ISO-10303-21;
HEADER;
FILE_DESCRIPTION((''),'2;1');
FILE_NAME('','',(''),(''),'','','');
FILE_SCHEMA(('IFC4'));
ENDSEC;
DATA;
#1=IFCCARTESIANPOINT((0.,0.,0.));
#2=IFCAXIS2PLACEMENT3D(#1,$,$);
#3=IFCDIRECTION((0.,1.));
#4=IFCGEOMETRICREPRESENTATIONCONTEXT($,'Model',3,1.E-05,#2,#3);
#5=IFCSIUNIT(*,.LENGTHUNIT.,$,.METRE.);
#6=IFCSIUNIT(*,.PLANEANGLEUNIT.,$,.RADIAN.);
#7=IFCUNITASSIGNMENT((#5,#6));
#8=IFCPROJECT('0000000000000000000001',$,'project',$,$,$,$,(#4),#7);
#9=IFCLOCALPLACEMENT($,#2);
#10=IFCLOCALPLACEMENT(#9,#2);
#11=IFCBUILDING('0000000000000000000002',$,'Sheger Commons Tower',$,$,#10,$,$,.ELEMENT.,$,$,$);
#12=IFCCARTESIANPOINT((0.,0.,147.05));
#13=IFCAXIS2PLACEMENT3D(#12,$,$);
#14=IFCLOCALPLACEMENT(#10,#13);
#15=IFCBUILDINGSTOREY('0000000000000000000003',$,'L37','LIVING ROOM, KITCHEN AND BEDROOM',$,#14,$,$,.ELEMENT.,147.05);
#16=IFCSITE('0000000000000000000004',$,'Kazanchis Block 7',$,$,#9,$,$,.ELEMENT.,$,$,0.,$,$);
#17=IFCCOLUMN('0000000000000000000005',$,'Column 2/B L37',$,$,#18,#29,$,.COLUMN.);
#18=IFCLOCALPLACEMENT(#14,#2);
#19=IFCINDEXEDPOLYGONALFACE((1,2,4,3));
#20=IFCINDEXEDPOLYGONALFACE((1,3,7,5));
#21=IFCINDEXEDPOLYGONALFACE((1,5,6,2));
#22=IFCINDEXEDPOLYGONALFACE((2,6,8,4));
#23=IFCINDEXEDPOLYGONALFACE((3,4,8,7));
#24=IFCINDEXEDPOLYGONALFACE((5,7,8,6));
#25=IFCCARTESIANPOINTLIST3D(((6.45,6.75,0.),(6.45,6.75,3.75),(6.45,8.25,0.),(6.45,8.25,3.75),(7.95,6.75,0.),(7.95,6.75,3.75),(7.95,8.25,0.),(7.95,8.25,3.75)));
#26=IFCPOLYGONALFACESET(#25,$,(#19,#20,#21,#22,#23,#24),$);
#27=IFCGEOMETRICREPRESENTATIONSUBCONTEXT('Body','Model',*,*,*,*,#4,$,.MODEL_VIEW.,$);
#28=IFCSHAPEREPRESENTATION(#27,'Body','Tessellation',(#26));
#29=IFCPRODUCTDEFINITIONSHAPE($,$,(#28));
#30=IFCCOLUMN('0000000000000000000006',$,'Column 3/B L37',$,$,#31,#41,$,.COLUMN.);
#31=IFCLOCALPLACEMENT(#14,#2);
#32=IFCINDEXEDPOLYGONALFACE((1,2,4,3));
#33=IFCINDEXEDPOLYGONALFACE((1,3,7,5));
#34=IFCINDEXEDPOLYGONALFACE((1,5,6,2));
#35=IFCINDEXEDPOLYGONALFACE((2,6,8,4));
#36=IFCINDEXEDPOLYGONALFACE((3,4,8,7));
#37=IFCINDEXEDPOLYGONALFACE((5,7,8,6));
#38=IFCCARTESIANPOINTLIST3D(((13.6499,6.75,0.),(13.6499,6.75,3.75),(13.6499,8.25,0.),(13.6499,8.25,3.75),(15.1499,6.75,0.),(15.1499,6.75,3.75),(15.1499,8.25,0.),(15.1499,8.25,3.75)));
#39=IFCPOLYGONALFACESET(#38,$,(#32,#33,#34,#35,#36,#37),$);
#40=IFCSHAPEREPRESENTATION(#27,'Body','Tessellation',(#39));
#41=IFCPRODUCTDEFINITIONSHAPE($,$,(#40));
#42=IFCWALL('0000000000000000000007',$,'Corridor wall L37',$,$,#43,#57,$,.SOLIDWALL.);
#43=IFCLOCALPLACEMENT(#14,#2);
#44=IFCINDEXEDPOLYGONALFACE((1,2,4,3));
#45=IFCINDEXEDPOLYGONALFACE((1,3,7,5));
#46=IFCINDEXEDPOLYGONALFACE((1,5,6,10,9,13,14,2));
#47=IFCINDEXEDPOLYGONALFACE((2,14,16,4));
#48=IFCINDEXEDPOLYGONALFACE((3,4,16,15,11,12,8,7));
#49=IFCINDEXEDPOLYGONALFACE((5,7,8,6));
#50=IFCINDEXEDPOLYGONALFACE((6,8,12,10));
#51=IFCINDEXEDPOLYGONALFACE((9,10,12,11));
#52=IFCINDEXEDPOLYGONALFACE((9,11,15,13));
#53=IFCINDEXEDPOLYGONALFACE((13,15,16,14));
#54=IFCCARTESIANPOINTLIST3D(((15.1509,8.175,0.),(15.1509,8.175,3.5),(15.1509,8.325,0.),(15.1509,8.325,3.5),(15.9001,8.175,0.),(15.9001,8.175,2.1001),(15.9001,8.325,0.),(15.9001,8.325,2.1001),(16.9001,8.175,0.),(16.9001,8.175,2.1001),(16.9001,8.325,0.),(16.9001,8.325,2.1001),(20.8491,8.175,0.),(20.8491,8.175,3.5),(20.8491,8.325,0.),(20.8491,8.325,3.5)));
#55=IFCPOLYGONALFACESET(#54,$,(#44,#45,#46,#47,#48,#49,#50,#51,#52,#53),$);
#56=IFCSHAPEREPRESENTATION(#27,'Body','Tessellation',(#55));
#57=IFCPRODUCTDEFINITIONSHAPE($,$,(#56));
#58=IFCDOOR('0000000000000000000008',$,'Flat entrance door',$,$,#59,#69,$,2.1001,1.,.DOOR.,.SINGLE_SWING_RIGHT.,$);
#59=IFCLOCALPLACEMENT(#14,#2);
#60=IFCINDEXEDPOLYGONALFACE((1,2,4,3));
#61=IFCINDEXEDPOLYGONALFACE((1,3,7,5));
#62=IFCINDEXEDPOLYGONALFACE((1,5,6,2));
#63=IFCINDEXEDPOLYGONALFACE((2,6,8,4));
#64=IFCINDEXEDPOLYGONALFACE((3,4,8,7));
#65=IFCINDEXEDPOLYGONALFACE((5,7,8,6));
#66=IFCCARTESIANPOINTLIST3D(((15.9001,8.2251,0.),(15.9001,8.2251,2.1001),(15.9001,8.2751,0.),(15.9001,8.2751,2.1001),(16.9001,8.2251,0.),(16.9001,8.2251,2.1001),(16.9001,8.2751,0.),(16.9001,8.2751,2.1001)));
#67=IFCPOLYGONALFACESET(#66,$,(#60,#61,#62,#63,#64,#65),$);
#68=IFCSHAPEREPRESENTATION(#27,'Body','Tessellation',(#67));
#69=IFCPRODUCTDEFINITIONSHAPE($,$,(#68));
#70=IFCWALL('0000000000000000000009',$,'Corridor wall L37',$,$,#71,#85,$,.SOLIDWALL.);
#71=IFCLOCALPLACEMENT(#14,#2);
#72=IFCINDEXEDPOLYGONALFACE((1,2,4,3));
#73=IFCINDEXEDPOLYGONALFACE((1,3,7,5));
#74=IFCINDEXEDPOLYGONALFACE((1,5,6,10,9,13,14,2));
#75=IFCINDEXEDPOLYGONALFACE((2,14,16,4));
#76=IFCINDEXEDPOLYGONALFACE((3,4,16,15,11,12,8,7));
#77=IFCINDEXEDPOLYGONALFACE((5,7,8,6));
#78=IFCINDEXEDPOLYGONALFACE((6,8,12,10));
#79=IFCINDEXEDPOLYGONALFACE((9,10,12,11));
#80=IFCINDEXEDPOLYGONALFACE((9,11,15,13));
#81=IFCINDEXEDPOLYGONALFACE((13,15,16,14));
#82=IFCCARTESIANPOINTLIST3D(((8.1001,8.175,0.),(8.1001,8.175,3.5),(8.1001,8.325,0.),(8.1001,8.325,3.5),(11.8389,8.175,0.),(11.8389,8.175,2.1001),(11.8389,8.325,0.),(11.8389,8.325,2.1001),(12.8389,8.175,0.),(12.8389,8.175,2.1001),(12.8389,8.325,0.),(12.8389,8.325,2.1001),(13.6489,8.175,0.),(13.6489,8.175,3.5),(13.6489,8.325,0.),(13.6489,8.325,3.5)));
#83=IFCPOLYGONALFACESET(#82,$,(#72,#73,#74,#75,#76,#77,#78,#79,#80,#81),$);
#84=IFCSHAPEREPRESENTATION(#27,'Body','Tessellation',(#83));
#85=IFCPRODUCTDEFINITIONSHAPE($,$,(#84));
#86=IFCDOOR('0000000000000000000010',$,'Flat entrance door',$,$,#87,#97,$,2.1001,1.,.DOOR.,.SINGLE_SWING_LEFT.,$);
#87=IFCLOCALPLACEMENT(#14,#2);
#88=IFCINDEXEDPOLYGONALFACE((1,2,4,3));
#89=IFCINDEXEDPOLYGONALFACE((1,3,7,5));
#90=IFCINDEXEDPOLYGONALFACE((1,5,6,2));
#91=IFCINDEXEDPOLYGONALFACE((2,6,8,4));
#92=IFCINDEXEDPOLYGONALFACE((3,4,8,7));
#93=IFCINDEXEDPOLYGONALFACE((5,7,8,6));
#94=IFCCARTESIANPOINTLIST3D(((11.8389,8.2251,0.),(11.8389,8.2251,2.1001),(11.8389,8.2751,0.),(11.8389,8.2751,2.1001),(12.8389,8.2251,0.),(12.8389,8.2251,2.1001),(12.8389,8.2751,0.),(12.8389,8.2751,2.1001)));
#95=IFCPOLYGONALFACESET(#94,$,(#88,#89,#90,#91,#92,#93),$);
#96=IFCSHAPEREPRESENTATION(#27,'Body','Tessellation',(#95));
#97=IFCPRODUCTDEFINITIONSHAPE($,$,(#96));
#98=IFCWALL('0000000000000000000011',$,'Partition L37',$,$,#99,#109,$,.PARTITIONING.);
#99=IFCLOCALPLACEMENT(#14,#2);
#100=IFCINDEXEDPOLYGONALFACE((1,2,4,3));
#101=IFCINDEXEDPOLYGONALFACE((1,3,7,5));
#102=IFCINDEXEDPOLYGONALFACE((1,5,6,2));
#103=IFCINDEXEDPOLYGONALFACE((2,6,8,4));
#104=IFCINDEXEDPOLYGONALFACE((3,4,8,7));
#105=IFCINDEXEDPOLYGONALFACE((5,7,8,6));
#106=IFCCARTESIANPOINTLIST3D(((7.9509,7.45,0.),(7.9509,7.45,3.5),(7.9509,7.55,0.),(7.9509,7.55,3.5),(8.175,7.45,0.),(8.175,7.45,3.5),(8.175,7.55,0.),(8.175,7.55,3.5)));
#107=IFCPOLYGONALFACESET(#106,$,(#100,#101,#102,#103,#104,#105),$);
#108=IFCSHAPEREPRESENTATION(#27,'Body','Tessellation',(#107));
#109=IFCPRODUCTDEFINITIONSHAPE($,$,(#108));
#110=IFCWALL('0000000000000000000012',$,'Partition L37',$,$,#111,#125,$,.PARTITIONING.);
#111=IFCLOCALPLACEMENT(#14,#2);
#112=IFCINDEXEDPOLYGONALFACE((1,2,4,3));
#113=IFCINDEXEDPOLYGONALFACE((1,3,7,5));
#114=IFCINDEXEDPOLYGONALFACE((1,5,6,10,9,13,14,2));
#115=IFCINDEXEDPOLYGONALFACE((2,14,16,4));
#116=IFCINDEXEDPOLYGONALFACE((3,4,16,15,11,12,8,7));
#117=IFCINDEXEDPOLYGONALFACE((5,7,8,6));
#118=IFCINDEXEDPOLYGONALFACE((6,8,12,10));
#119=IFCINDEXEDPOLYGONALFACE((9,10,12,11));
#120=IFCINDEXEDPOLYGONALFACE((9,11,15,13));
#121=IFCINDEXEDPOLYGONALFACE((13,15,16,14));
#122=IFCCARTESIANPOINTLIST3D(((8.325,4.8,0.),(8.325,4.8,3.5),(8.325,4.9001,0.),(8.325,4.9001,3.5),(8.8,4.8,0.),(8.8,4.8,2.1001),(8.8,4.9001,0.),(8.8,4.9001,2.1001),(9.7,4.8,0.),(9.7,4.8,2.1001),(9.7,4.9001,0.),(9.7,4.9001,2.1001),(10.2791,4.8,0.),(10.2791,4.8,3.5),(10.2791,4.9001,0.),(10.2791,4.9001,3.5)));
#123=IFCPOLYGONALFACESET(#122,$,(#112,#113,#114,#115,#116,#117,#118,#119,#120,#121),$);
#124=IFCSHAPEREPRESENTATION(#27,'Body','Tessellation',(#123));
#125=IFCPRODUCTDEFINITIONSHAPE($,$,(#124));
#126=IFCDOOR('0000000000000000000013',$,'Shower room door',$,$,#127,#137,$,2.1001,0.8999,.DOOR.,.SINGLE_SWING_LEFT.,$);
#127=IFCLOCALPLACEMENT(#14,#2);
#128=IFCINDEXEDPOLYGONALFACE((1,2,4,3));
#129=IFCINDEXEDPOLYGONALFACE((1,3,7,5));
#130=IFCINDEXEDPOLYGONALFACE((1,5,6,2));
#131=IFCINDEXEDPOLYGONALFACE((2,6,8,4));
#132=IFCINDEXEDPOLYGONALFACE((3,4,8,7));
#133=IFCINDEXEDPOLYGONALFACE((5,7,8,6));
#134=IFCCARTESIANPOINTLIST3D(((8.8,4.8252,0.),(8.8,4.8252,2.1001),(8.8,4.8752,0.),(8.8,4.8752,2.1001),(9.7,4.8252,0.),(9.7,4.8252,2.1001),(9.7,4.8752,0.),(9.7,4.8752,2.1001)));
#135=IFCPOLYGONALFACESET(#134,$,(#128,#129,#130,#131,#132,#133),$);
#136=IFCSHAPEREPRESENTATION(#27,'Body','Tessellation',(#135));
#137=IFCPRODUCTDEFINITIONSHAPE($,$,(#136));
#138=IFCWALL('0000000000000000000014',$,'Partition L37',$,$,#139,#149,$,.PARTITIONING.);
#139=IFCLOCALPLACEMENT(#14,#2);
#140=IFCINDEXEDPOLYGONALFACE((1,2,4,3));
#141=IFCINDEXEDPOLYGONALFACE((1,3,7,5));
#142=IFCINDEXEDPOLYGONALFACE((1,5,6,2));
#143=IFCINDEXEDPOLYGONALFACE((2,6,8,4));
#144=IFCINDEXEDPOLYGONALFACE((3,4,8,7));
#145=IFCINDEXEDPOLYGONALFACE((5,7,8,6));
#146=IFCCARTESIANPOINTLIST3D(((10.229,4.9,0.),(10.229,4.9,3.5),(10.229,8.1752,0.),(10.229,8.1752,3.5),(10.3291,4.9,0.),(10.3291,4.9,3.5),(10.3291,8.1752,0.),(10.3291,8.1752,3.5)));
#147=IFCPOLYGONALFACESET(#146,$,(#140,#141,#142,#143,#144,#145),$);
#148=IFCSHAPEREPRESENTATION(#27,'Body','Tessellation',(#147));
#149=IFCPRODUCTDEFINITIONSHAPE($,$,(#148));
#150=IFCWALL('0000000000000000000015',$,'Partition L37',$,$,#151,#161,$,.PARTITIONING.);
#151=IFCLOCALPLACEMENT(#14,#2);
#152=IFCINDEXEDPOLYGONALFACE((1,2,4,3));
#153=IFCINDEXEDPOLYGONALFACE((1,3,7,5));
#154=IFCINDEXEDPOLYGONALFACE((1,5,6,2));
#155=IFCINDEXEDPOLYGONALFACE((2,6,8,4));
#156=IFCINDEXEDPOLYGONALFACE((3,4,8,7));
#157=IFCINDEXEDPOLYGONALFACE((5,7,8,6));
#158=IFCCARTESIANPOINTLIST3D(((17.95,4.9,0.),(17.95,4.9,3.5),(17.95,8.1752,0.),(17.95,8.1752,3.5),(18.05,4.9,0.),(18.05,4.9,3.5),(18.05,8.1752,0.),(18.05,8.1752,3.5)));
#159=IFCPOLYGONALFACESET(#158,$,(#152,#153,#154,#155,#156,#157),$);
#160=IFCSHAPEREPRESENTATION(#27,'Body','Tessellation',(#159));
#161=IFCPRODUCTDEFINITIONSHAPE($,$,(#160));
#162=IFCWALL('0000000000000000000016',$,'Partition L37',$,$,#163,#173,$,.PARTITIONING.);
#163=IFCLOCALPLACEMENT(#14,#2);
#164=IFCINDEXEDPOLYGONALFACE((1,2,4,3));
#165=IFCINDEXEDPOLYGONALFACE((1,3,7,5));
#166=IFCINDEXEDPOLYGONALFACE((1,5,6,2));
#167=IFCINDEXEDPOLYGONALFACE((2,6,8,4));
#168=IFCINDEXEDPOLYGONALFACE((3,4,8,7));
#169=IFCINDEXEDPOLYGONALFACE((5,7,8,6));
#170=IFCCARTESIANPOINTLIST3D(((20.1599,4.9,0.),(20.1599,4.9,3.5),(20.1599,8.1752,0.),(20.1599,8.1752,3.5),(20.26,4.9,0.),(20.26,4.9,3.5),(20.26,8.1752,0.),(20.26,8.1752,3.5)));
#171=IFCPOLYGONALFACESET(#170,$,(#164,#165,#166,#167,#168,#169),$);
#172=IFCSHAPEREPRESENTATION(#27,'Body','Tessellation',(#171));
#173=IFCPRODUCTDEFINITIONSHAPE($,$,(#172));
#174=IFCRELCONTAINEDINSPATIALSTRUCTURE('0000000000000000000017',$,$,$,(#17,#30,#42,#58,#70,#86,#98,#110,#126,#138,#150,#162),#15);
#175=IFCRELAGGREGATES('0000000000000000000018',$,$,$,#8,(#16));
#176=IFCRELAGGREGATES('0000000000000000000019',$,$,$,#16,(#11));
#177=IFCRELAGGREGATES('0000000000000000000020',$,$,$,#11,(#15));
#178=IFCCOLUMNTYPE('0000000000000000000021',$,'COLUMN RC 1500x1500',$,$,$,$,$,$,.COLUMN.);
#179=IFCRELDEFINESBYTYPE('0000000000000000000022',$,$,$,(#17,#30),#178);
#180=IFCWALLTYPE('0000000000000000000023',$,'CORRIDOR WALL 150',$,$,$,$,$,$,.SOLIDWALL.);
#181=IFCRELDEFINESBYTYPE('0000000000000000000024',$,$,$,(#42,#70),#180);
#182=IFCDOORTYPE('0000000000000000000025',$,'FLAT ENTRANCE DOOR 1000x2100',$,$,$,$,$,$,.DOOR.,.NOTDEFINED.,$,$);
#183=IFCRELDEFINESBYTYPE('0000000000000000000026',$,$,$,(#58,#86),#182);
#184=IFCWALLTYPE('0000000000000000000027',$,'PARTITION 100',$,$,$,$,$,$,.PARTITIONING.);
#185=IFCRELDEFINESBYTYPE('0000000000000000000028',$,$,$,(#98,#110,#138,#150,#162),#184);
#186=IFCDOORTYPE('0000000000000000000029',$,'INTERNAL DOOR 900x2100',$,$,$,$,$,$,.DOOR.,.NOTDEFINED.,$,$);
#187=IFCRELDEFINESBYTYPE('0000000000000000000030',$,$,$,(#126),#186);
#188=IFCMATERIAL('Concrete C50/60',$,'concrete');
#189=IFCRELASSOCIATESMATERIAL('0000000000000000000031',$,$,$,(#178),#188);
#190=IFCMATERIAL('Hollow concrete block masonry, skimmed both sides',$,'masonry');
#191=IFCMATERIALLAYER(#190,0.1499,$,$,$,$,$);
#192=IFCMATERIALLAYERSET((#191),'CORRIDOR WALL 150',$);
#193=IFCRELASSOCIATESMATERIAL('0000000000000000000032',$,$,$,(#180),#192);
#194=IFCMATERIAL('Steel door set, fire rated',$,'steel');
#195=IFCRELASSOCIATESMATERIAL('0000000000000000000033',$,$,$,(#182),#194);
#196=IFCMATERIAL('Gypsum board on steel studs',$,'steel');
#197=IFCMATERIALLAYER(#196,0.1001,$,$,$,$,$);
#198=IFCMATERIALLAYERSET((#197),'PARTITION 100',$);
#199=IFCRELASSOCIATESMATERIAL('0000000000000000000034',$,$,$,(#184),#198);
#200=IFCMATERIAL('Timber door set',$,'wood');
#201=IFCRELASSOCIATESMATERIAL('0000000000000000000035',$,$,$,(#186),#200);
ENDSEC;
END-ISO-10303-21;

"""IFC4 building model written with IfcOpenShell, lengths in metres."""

from ifc_helpers import new_model, si_unit, direction, frame, frame_2d, origin, origin_2d, place, context, subcontext, project, spatial, rectangle, extrude, material, layer, layer_set, material_profile, profile_set, type_object, element, fill, save


model = new_model("IFC4")

# Units and contexts
model_context = context("Model", 3, precision=1e-05, world=origin(), true_north=direction((0.0, 1.0)))
body_context = subcontext(model_context, "Body", "Model", "MODEL_VIEW")
ifc_project = project(units=[si_unit("LENGTHUNIT", "METRE"), si_unit("PLANEANGLEUNIT", "RADIAN")], contexts=[model_context])

# Site, building, storey
site_placement = place(None, origin())
site = spatial("IfcSite", under=ifc_project, at=site_placement, Name="Kazanchis Block 7", CompositionType="ELEMENT", RefElevation=0.0)
building_placement = place(site_placement, origin())
building = spatial("IfcBuilding", under=site, at=building_placement, Name="Sheger Commons Tower", CompositionType="ELEMENT")
storey_placement = place(building_placement, frame((0.0, 0.0, 147.05)))
storey = spatial("IfcBuildingStorey", under=building, at=storey_placement, Name="L37", Description="LIVING ROOM, KITCHEN AND BEDROOM", CompositionType="ELEMENT", Elevation=147.05)

# Columns
ifc_material_1 = material(Name="Concrete C50/60", Category="concrete")
ifc_material_profile = material_profile(ifc_material_1, rectangle(XDim=1.5, YDim=1.5, at=origin_2d()), Name="RC 1500x1500")
ifc_profile_set = profile_set([ifc_material_profile], Name="Concrete C50/60")
column_type = type_object("IfcColumnType", Name="COLUMN RC 1500x1500", PredefinedType="COLUMN", material=ifc_profile_set)
for number, where, z_axis, x_axis, name in (
    (1, (7.2, 7.5, 0.0), (0.0, 0.0, 1.0), (1.0, 0.0, 0.0), "Column 2/B L37"),
    (2, (14.3999, 7.5, 0.0), (0.0, 0.0, 1.0), (1.0, 0.0, 0.0), "Column 3/B L37"),
):
    element("IfcColumn", number, at=place(storey_placement, frame(where, z_axis=z_axis, x_axis=x_axis)), inside=storey, type_object=column_type, Name=name, PredefinedType="COLUMN", context=body_context, shape_type="SweptSolid", body=[
        extrude(rectangle(XDim=1.5, YDim=1.5, at=origin_2d()), origin(), (0.0, 0.0, 1.0), 3.75),
    ])

# Walls, openings, doors
ifc_material_2 = material(Name="Hollow concrete block masonry, skimmed both sides", Category="masonry")
ifc_layer_1 = layer(ifc_material_2, 0.1499)
ifc_layer_set_1 = layer_set([ifc_layer_1], Name="CORRIDOR WALL 150")
wall_type_1 = type_object("IfcWallType", Name="CORRIDOR WALL 150", PredefinedType="SOLIDWALL", material=ifc_layer_set_1)
wall_1_placement = place(storey_placement, frame((20.8491, 8.25, 0.0), z_axis=(0.0, 0.0, 1.0), x_axis=(-1.0, 0.0, 0.0)))
wall_1 = element("IfcWall", 3, at=wall_1_placement, inside=storey, type_object=wall_type_1, Name="Corridor wall L37", PredefinedType="SOLIDWALL", context=body_context, shape_type="SweptSolid", body=[
    extrude(rectangle(XDim=5.6982, YDim=0.1499, at=frame_2d((2.8491, 0.0))), origin(), (0.0, 0.0, 1.0), 3.5),
])
opening_1_placement = place(wall_1_placement, frame((3.949, 0.0, 0.0)))
opening_1 = element("IfcOpeningElement", 4, at=opening_1_placement, cuts=wall_1, PredefinedType="OPENING", context=body_context, shape_type="SweptSolid", body=[
    extrude(rectangle(XDim=1.0, YDim=2.1001, at=frame_2d((0.5, 1.05))), frame((0.0, 0.085, 0.0), z_axis=(0.0, -1.0, 0.0), x_axis=(1.0, 0.0, 0.0)), (0.0, 0.0, 1.0), 0.1699),
])
ifc_material_3 = material(Name="Steel door set, fire rated", Category="steel")
door_type_1 = type_object("IfcDoorType", Name="FLAT ENTRANCE DOOR 1000x2100", OperationType="NOTDEFINED", PredefinedType="DOOR", material=ifc_material_3)
door_1_placement = place(opening_1_placement, origin())
door_1 = element("IfcDoor", 5, at=door_1_placement, inside=storey, type_object=door_type_1, Name="Flat entrance door", OperationType="SINGLE_SWING_RIGHT", OverallHeight=2.1001, OverallWidth=1.0, PredefinedType="DOOR", context=body_context, shape_type="SweptSolid", body=[
    extrude(rectangle(XDim=1.0, YDim=2.1001, at=frame_2d((0.5, 1.05))), frame((0.0, 0.0249, 0.0), z_axis=(0.0, -1.0, 0.0), x_axis=(1.0, 0.0, 0.0)), (0.0, 0.0, 1.0), 0.05),
])
fill(opening_1, door_1)
wall_2_placement = place(storey_placement, frame((13.6489, 8.25, 0.0), z_axis=(0.0, 0.0, 1.0), x_axis=(-1.0, 0.0, 0.0)))
wall_2 = element("IfcWall", 6, at=wall_2_placement, inside=storey, type_object=wall_type_1, Name="Corridor wall L37", PredefinedType="SOLIDWALL", context=body_context, shape_type="SweptSolid", body=[
    extrude(rectangle(XDim=5.5488, YDim=0.1499, at=frame_2d((2.7744, 0.0))), origin(), (0.0, 0.0, 1.0), 3.5),
])
opening_2_placement = place(wall_2_placement, frame((0.8101, 0.0, 0.0)))
opening_2 = element("IfcOpeningElement", 7, at=opening_2_placement, cuts=wall_2, PredefinedType="OPENING", context=body_context, shape_type="SweptSolid", body=[
    extrude(rectangle(XDim=1.0, YDim=2.1001, at=frame_2d((0.5, 1.05))), frame((0.0, 0.085, 0.0), z_axis=(0.0, -1.0, 0.0), x_axis=(1.0, 0.0, 0.0)), (0.0, 0.0, 1.0), 0.1699),
])
door_2_placement = place(opening_2_placement, origin())
door_2 = element("IfcDoor", 8, at=door_2_placement, inside=storey, type_object=door_type_1, Name="Flat entrance door", OperationType="SINGLE_SWING_LEFT", OverallHeight=2.1001, OverallWidth=1.0, PredefinedType="DOOR", context=body_context, shape_type="SweptSolid", body=[
    extrude(rectangle(XDim=1.0, YDim=2.1001, at=frame_2d((0.5, 1.05))), frame((0.0, 0.0249, 0.0), z_axis=(0.0, -1.0, 0.0), x_axis=(1.0, 0.0, 0.0)), (0.0, 0.0, 1.0), 0.05),
])
fill(opening_2, door_2)

# Wall
ifc_material_4 = material(Name="Gypsum board on steel studs", Category="steel")
ifc_layer_2 = layer(ifc_material_4, 0.1001)
ifc_layer_set_2 = layer_set([ifc_layer_2], Name="PARTITION 100")
wall_type_2 = type_object("IfcWallType", Name="PARTITION 100", PredefinedType="PARTITIONING", material=ifc_layer_set_2)
wall_3_placement = place(storey_placement, frame((7.9509, 7.5, 0.0), z_axis=(0.0, 0.0, 1.0), x_axis=(1.0, 0.0, 0.0)))
element("IfcWall", 9, at=wall_3_placement, inside=storey, type_object=wall_type_2, Name="Partition L37", PredefinedType="PARTITIONING", context=body_context, shape_type="SweptSolid", body=[
    extrude(rectangle(XDim=0.2241, YDim=0.1001, at=frame_2d((0.1121, 0.0))), origin(), (0.0, 0.0, 1.0), 3.5),
])

# Wall, opening, door
wall_4_placement = place(storey_placement, frame((10.2791, 4.8501, 0.0), z_axis=(0.0, 0.0, 1.0), x_axis=(-1.0, 0.0, 0.0)))
wall_4 = element("IfcWall", 10, at=wall_4_placement, inside=storey, type_object=wall_type_2, Name="Partition L37", PredefinedType="PARTITIONING", context=body_context, shape_type="SweptSolid", body=[
    extrude(rectangle(XDim=1.9541, YDim=0.1001, at=frame_2d((0.9771, 0.0))), origin(), (0.0, 0.0, 1.0), 3.5),
])
opening_3_placement = place(wall_4_placement, frame((0.5791, 0.0, 0.0)))
opening_3 = element("IfcOpeningElement", 11, at=opening_3_placement, cuts=wall_4, PredefinedType="OPENING", context=body_context, shape_type="SweptSolid", body=[
    extrude(rectangle(XDim=0.8999, YDim=2.1001, at=frame_2d((0.45, 1.05))), frame((0.0, 0.0601, 0.0), z_axis=(0.0, -1.0, 0.0), x_axis=(1.0, 0.0, 0.0)), (0.0, 0.0, 1.0), 0.1201),
])
ifc_material_5 = material(Name="Timber door set", Category="wood")
door_type_2 = type_object("IfcDoorType", Name="INTERNAL DOOR 900x2100", OperationType="NOTDEFINED", PredefinedType="DOOR", material=ifc_material_5)
door_3_placement = place(opening_3_placement, origin())
door_3 = element("IfcDoor", 12, at=door_3_placement, inside=storey, type_object=door_type_2, Name="Shower room door", OperationType="SINGLE_SWING_LEFT", OverallHeight=2.1001, OverallWidth=0.8999, PredefinedType="DOOR", context=body_context, shape_type="SweptSolid", body=[
    extrude(rectangle(XDim=0.8999, YDim=2.1001, at=frame_2d((0.45, 1.05))), frame((0.0, 0.0249, 0.0), z_axis=(0.0, -1.0, 0.0), x_axis=(1.0, 0.0, 0.0)), (0.0, 0.0, 1.0), 0.05),
])
fill(opening_3, door_3)

# Walls
for number, where, z_axis, x_axis, name in (
    (13, (10.2791, 4.8999, 0.0), (0.0, 0.0, 1.0), (0.0, 1.0, 0.0), "Partition L37"),
    (14, (18.0, 4.8999, 0.0), (0.0, 0.0, 1.0), (0.0, 1.0, 0.0), "Partition L37"),
    (15, (20.21, 4.8999, 0.0), (0.0, 0.0, 1.0), (0.0, 1.0, 0.0), "Partition L37"),
):
    element("IfcWall", number, at=place(storey_placement, frame(where, z_axis=z_axis, x_axis=x_axis)), inside=storey, type_object=wall_type_2, Name=name, PredefinedType="PARTITIONING", context=body_context, shape_type="SweptSolid", body=[
        extrude(rectangle(XDim=3.2751, YDim=0.1001, at=frame_2d((1.6377, 0.0))), origin(), (0.0, 0.0, 1.0), 3.5),
    ])

save(model, "model.ifc")
